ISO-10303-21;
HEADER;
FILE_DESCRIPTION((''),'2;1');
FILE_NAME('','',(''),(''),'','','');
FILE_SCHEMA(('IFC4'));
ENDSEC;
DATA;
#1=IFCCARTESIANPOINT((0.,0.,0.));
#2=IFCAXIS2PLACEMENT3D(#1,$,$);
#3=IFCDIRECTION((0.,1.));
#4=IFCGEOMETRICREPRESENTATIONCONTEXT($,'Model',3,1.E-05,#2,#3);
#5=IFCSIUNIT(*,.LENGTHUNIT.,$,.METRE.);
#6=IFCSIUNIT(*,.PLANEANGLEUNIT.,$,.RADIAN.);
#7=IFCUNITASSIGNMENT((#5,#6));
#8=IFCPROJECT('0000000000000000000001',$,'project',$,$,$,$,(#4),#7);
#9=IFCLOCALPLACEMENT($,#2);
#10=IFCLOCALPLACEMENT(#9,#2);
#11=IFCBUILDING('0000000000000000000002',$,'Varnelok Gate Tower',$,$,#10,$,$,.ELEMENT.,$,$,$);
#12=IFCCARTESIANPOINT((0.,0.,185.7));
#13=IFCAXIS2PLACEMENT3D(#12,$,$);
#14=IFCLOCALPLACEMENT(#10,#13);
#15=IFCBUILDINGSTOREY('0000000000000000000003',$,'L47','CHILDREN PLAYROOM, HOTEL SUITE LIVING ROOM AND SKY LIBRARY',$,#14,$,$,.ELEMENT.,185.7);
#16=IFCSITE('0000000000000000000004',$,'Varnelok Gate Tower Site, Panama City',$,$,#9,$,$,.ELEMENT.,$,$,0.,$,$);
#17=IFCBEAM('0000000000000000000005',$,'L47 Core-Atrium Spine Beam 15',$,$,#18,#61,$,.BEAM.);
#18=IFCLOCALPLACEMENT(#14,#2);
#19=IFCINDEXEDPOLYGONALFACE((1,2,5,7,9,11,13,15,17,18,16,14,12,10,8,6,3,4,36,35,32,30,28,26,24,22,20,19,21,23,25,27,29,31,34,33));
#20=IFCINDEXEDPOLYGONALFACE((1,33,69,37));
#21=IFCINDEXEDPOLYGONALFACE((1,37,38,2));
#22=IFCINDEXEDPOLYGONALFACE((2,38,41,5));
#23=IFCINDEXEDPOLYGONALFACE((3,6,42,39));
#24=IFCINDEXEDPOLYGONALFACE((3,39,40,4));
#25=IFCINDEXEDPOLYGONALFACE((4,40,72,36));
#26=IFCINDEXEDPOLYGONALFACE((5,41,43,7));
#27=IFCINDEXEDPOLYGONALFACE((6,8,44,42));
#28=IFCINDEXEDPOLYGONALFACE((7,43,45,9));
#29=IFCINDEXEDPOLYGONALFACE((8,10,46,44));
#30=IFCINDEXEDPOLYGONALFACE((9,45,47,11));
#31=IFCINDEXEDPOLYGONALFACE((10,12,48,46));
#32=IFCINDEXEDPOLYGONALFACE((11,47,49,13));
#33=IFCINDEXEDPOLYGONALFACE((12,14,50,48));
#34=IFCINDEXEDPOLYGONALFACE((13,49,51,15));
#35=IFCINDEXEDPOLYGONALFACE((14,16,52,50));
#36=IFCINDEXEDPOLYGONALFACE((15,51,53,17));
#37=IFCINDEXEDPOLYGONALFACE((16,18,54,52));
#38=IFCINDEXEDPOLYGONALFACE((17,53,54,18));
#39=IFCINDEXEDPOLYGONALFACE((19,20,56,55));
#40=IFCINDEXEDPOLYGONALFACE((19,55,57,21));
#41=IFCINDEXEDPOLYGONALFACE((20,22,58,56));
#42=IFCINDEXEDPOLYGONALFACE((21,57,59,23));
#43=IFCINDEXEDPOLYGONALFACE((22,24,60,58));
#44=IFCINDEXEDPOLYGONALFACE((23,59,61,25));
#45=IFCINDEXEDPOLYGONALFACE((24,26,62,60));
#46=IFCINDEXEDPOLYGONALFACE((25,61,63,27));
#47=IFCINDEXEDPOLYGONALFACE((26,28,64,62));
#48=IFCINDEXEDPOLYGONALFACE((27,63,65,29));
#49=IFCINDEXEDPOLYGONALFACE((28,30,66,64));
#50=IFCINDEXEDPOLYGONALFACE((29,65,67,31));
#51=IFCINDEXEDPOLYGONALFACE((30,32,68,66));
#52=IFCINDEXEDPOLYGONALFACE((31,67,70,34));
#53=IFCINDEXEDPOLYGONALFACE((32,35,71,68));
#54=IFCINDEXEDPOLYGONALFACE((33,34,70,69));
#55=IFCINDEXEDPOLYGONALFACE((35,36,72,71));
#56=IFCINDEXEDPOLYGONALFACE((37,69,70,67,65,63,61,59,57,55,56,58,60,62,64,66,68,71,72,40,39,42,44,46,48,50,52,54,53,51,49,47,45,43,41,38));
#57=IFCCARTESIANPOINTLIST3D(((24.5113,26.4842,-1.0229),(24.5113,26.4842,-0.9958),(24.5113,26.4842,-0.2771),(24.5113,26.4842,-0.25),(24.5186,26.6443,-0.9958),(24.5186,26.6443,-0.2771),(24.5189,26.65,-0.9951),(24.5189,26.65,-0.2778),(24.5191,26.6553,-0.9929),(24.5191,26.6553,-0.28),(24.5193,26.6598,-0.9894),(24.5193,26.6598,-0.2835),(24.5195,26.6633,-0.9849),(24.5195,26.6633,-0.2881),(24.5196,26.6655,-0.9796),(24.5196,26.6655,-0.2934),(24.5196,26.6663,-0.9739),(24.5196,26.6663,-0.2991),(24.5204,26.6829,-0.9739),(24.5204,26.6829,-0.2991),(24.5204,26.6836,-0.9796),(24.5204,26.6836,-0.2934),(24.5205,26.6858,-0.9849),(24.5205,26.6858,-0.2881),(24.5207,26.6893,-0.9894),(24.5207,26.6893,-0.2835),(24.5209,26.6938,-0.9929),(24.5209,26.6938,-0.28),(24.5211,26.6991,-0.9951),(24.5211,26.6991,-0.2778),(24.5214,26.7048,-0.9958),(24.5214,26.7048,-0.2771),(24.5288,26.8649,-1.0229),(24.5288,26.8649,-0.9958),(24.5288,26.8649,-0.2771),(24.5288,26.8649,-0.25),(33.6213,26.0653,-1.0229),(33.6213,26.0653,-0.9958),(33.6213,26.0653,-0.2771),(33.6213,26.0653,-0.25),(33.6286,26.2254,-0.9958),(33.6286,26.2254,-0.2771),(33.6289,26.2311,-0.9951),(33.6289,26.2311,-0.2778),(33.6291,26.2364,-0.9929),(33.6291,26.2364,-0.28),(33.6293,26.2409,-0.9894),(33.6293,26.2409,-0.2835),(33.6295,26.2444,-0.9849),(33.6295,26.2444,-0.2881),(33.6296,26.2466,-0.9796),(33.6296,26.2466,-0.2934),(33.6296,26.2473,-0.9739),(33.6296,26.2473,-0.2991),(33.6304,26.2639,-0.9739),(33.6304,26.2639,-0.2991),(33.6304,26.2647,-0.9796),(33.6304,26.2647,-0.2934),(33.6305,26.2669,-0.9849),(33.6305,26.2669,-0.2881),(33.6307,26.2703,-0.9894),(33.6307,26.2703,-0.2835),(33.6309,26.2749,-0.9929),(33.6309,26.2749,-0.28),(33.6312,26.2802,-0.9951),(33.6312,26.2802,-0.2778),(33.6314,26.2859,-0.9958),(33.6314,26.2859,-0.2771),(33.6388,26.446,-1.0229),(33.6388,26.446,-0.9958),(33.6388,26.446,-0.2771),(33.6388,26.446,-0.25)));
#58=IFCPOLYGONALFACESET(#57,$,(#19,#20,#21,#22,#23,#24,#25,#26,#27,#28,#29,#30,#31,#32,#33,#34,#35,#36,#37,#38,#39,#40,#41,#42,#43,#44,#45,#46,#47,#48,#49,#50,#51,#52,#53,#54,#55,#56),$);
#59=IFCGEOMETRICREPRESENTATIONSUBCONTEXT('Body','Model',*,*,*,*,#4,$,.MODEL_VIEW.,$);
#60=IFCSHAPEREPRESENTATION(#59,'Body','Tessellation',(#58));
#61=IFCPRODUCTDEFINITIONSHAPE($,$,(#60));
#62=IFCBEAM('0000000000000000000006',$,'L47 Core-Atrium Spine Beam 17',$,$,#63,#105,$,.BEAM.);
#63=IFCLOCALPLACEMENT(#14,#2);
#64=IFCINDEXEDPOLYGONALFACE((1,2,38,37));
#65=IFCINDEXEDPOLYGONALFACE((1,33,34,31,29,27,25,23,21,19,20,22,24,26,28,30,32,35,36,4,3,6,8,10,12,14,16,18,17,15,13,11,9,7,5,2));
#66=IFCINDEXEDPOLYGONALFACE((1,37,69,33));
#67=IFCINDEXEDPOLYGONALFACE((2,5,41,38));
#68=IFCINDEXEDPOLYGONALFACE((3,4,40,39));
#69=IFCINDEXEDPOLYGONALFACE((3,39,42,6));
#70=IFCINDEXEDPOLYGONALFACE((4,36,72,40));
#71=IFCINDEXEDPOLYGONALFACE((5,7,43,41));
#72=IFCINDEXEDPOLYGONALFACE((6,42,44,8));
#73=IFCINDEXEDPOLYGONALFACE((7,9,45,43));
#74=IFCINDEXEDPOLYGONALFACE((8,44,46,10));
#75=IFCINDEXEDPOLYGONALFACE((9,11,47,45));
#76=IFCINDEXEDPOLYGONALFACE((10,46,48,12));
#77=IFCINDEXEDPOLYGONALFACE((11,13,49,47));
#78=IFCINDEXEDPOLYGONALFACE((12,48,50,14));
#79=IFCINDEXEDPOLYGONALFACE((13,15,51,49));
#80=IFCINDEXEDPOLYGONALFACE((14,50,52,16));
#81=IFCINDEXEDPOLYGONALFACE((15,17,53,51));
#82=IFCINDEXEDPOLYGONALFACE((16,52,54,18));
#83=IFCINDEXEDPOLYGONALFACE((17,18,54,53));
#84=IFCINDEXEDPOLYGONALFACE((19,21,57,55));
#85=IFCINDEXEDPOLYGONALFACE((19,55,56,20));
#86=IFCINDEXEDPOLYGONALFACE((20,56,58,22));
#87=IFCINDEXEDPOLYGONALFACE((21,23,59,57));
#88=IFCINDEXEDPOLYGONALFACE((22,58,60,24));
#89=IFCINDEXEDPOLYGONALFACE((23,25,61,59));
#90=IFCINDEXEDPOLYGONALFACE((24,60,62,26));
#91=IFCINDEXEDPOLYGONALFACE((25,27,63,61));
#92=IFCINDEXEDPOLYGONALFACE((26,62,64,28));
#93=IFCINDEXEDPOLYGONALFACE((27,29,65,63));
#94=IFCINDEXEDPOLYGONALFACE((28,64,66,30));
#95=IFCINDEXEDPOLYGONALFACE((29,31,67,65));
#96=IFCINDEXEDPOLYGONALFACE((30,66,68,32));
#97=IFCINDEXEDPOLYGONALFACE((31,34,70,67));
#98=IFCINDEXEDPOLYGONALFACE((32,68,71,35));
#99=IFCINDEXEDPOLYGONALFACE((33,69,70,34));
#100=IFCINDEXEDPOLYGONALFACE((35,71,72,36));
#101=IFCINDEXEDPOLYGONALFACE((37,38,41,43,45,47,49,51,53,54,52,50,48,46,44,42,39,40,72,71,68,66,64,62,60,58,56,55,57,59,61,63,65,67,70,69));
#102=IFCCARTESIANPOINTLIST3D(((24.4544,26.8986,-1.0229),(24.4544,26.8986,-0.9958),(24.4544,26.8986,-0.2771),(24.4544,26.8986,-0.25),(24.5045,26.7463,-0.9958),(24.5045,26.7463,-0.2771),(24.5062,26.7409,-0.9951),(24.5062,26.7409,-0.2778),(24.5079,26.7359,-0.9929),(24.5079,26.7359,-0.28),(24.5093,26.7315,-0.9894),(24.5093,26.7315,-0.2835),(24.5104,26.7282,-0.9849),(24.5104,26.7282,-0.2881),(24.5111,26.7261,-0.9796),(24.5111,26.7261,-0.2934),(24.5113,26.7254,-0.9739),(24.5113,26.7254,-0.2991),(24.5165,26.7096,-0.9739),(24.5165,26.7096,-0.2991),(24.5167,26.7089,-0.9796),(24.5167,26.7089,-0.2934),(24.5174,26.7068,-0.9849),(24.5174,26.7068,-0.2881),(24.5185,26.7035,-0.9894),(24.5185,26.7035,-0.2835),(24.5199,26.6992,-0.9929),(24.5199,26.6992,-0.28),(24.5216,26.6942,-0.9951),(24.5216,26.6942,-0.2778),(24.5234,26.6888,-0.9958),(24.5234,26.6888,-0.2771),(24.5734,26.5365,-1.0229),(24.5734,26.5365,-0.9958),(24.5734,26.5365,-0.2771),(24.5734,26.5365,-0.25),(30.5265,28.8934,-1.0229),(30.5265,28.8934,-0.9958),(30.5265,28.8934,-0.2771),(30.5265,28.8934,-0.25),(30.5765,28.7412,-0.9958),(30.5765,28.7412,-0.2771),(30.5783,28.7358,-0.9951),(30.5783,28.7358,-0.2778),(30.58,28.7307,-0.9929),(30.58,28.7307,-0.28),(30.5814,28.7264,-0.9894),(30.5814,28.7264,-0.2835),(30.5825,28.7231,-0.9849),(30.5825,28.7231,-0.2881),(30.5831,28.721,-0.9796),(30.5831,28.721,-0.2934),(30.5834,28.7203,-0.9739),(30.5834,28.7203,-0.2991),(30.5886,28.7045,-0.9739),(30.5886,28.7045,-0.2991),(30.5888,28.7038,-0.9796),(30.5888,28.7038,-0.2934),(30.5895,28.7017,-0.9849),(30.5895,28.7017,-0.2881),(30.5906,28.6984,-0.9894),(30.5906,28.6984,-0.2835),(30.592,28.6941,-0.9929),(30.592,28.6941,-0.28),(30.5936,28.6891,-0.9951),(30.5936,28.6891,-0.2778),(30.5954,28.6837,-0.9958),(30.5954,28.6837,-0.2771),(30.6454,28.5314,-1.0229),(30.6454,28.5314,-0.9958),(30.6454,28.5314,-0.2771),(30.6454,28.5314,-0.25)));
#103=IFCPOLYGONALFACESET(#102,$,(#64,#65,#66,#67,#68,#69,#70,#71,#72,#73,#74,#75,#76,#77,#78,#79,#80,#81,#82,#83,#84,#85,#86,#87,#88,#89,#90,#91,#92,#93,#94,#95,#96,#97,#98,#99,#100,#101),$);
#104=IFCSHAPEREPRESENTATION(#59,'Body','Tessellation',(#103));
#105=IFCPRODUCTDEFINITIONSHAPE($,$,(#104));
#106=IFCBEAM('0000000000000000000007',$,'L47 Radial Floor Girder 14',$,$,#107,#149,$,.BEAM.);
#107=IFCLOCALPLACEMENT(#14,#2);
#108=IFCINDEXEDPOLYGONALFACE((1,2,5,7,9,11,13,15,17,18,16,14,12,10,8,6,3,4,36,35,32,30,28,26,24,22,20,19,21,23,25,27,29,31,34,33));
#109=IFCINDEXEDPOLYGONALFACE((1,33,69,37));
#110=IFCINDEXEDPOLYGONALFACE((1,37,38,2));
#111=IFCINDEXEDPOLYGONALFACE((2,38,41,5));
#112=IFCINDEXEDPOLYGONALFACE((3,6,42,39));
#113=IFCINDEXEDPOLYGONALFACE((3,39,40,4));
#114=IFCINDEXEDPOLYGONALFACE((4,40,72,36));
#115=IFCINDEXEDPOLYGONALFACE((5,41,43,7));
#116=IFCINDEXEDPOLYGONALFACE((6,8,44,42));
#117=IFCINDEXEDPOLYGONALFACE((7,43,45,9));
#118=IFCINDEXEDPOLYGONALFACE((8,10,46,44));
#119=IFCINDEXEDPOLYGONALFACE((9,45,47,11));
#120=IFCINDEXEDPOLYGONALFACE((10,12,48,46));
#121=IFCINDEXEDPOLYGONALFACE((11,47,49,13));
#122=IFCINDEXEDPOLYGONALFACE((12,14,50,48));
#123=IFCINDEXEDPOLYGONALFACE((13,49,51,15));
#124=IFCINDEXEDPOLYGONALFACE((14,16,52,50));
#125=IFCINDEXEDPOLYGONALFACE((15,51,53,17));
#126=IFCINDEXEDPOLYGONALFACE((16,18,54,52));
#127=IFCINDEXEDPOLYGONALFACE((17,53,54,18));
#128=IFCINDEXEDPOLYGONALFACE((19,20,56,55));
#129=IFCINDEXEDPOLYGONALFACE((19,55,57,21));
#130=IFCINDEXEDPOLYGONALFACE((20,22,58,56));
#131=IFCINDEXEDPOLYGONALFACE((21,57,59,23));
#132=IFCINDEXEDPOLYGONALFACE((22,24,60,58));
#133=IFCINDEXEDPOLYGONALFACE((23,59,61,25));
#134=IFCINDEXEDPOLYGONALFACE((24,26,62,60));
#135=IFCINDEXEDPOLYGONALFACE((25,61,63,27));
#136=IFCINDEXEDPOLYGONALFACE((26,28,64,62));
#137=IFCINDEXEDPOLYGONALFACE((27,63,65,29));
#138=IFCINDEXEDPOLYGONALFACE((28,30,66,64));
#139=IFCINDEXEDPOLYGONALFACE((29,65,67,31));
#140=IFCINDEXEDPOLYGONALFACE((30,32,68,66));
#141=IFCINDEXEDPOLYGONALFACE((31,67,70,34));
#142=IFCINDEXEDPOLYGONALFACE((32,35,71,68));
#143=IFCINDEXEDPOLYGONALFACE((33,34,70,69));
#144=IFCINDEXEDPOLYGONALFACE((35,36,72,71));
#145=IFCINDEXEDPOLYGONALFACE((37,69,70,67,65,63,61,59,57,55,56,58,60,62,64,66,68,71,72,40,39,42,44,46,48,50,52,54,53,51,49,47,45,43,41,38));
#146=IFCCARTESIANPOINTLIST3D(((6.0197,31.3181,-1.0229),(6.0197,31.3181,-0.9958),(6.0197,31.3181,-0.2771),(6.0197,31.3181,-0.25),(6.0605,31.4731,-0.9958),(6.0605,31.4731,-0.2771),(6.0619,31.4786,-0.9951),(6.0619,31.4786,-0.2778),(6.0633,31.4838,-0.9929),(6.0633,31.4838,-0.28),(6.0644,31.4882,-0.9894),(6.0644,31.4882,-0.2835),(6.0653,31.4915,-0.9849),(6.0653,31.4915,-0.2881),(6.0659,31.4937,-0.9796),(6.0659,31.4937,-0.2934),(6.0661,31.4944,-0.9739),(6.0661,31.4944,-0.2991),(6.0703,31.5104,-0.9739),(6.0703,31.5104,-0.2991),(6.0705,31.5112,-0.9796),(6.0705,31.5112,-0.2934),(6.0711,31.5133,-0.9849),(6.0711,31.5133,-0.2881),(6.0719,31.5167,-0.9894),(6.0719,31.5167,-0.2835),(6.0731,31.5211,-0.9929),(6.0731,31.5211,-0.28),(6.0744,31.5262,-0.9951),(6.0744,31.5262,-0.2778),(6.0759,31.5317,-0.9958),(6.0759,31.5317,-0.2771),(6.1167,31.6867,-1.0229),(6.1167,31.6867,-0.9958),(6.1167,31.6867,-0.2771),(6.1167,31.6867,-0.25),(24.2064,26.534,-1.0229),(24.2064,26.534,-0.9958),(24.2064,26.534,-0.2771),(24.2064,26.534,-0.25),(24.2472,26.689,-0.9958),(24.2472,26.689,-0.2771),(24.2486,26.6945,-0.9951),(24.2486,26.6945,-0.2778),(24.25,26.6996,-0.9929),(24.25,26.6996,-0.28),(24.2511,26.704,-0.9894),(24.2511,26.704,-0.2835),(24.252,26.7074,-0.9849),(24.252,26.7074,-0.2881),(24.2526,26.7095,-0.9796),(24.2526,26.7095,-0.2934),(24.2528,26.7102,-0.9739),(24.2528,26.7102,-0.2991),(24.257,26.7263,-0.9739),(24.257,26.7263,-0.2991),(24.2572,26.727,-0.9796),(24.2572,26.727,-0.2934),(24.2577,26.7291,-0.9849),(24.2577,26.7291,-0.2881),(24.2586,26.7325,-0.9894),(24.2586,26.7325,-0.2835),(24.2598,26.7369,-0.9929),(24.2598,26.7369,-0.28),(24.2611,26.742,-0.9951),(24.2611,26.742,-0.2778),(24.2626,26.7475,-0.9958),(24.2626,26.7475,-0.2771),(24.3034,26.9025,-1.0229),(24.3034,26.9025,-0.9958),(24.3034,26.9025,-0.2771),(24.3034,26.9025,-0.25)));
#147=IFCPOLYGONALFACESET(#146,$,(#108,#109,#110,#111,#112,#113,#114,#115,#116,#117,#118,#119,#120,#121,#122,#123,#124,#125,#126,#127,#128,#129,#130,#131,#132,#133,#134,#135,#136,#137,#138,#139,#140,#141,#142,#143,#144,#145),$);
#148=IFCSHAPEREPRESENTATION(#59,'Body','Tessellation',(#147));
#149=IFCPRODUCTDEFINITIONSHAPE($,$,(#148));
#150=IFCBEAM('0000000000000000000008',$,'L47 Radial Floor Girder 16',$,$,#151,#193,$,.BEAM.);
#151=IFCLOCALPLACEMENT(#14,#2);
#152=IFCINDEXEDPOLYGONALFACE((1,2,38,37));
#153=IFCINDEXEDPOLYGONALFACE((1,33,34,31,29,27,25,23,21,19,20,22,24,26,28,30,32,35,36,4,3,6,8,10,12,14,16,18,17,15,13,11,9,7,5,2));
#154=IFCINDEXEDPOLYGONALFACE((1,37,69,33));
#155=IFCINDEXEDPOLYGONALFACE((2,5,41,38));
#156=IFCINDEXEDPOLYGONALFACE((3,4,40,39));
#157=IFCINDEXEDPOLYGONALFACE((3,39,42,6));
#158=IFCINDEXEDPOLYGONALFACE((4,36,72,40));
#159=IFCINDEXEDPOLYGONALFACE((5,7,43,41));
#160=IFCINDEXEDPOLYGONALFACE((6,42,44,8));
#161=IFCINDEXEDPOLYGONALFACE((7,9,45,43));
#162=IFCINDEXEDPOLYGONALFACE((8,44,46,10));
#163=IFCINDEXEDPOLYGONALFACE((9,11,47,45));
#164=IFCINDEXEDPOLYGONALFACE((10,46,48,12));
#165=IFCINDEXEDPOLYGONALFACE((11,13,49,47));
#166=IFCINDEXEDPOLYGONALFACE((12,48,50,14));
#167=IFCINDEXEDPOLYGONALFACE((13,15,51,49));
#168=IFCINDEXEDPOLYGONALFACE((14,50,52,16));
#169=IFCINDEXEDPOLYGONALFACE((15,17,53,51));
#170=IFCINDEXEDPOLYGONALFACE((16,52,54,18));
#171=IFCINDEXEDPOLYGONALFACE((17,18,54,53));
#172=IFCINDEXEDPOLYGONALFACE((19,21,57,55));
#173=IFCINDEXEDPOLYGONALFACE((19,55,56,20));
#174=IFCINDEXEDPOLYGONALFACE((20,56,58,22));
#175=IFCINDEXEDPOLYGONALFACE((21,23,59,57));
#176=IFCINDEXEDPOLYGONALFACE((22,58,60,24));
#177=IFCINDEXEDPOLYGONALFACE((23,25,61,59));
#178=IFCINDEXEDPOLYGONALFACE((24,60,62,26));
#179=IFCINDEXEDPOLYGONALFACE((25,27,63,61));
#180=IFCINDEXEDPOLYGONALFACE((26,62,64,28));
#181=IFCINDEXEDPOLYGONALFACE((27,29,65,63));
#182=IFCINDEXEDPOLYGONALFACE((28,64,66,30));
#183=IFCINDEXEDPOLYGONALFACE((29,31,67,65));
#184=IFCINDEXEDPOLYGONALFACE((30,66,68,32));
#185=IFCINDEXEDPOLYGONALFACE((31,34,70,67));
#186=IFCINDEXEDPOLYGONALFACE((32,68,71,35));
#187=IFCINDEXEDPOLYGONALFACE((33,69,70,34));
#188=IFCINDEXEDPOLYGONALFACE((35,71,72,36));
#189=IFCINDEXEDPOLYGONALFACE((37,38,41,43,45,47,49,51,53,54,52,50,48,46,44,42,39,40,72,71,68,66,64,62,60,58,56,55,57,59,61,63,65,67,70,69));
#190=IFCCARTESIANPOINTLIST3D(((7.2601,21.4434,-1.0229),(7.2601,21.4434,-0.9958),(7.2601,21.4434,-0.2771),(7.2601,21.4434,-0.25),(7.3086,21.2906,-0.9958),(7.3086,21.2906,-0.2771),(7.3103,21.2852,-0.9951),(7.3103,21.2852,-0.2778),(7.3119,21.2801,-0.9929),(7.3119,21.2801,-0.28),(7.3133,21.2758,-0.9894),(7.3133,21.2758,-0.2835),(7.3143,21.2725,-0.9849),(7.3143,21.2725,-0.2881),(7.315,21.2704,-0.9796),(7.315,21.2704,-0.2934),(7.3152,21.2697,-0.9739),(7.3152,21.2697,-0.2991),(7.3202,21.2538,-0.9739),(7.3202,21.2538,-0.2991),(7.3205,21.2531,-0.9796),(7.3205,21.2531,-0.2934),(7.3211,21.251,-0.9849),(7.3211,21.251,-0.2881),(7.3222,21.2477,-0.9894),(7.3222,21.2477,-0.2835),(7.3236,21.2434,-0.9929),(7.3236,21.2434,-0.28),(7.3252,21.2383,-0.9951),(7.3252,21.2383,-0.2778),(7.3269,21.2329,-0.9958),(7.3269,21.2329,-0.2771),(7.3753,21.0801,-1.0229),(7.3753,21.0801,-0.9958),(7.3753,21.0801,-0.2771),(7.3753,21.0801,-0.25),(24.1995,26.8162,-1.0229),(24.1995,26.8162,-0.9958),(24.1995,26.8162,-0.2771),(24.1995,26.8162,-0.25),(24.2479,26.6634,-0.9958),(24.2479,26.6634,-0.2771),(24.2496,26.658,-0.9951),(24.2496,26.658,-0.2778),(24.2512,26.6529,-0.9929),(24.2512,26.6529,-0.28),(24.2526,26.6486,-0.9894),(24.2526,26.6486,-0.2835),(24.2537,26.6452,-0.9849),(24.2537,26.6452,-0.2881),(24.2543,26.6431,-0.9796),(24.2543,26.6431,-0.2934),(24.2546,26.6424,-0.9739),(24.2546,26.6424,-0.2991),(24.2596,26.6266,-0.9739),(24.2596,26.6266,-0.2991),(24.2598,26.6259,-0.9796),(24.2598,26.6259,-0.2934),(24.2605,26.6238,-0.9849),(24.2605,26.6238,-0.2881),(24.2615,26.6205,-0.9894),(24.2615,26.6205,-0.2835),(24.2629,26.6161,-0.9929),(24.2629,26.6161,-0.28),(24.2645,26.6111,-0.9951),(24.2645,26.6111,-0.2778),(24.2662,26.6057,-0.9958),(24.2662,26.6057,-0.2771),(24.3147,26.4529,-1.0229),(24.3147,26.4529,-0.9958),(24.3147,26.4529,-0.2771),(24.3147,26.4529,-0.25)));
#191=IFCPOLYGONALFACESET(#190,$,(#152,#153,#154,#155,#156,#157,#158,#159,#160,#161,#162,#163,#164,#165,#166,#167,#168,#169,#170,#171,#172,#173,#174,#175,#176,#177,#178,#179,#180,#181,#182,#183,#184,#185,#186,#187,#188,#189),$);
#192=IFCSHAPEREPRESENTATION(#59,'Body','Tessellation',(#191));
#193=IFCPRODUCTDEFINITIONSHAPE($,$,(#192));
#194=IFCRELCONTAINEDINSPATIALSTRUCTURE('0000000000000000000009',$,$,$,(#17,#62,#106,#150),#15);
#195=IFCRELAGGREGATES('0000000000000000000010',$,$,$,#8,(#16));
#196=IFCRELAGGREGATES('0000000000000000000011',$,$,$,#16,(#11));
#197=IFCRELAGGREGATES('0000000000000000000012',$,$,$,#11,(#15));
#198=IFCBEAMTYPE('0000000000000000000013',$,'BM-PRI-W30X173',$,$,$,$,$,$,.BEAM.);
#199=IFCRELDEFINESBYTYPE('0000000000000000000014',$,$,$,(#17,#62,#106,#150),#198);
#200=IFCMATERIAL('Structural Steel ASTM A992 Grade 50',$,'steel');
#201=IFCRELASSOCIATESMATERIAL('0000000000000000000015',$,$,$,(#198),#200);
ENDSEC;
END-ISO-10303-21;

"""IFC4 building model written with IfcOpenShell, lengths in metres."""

from ifc_helpers import new_model, si_unit, direction, frame, origin, origin_2d, place, context, subcontext, project, spatial, i_section, extrude, material, material_profile, profile_set, type_object, element, save


model = new_model("IFC4")

# Units and contexts
model_context = context("Model", 3, precision=1e-05, world=origin(), true_north=direction((0.0, 1.0)))
body_context = subcontext(model_context, "Body", "Model", "MODEL_VIEW")
ifc_project = project(units=[si_unit("LENGTHUNIT", "METRE"), si_unit("PLANEANGLEUNIT", "RADIAN")], contexts=[model_context])

# Site, building, storey
site_placement = place(None, origin())
site = spatial("IfcSite", under=ifc_project, at=site_placement, Name="Varnelok Gate Tower Site, Panama City", CompositionType="ELEMENT", RefElevation=0.0)
building_placement = place(site_placement, origin())
building = spatial("IfcBuilding", under=site, at=building_placement, Name="Varnelok Gate Tower", CompositionType="ELEMENT")
storey_placement = place(building_placement, frame((0.0, 0.0, 185.7)))
storey = spatial("IfcBuildingStorey", under=building, at=storey_placement, Name="L47", Description="CHILDREN PLAYROOM, HOTEL SUITE LIVING ROOM AND SKY LIBRARY", CompositionType="ELEMENT", Elevation=185.7)

# Shared definitions
ifc_material_1 = material(Name="Structural Steel ASTM A992 Grade 50", Category="steel")

# Beams
ifc_material_profile_1 = material_profile(ifc_material_1, i_section(OverallWidth=0.3811, OverallDepth=0.7729, WebThickness=0.0166, FlangeThickness=0.0271, FilletRadius=0.022, at=origin_2d()), Name="W30X173")
ifc_profile_set_1 = profile_set([ifc_material_profile_1], Name="Structural Steel ASTM A992 Grade 50")
beam_type_1 = type_object("IfcBeamType", Name="BM-PRI-W30X173", PredefinedType="BEAM", material=ifc_profile_set_1)
beam_1_placement = place(storey_placement, frame((24.52, 26.6746, -0.6365), z_axis=(0.998944, -0.045938, 0.0), x_axis=(0.045938, 0.998944, 0.0)))
element("IfcBeam", 1, at=beam_1_placement, inside=storey, type_object=beam_type_1, Name="L47 Core-Atrium Spine Beam 15", PredefinedType="BEAM", context=body_context, shape_type="SweptSolid", body=[
    extrude(i_section(OverallWidth=0.3811, OverallDepth=0.7729, WebThickness=0.0166, FlangeThickness=0.0271, FilletRadius=0.022, at=origin_2d()), origin(), (0.0, 0.0, 1.0), 9.1196),
])
beam_2_placement = place(storey_placement, frame((24.5139, 26.7175, -0.6365), z_axis=(0.950042, 0.312122, 0.0), x_axis=(-0.312122, 0.950042, 0.0)))
element("IfcBeam", 2, at=beam_2_placement, inside=storey, type_object=beam_type_1, Name="L47 Core-Atrium Spine Beam 17", PredefinedType="BEAM", context=body_context, shape_type="SweptSolid", body=[
    extrude(i_section(OverallWidth=0.3811, OverallDepth=0.7729, WebThickness=0.0166, FlangeThickness=0.0271, FilletRadius=0.022, at=origin_2d()), origin(), (0.0, 0.0, 1.0), 6.3914),
])
beam_3_placement = place(storey_placement, frame((24.2549, 26.7183, -0.6365), z_axis=(-0.967098, 0.254403, 0.0), x_axis=(-0.254403, -0.967098, 0.0)))
element("IfcBeam", 3, at=beam_3_placement, inside=storey, type_object=beam_type_1, Name="L47 Radial Floor Girder 14", PredefinedType="BEAM", context=body_context, shape_type="SweptSolid", body=[
    extrude(i_section(OverallWidth=0.3811, OverallDepth=0.7729, WebThickness=0.0166, FlangeThickness=0.0271, FilletRadius=0.022, at=origin_2d()), origin(), (0.0, 0.0, 1.0), 18.8054),
])
beam_4_placement = place(storey_placement, frame((24.2571, 26.6345, -0.6365), z_axis=(-0.953202, -0.302334, 0.0), x_axis=(0.302334, -0.953202, 0.0)))
element("IfcBeam", 4, at=beam_4_placement, inside=storey, type_object=beam_type_1, Name="L47 Radial Floor Girder 16", PredefinedType="BEAM", context=body_context, shape_type="SweptSolid", body=[
    extrude(i_section(OverallWidth=0.3811, OverallDepth=0.7729, WebThickness=0.0166, FlangeThickness=0.0271, FilletRadius=0.022, at=origin_2d()), origin(), (0.0, 0.0, 1.0), 17.771),
])

save(model, "model.ifc")
